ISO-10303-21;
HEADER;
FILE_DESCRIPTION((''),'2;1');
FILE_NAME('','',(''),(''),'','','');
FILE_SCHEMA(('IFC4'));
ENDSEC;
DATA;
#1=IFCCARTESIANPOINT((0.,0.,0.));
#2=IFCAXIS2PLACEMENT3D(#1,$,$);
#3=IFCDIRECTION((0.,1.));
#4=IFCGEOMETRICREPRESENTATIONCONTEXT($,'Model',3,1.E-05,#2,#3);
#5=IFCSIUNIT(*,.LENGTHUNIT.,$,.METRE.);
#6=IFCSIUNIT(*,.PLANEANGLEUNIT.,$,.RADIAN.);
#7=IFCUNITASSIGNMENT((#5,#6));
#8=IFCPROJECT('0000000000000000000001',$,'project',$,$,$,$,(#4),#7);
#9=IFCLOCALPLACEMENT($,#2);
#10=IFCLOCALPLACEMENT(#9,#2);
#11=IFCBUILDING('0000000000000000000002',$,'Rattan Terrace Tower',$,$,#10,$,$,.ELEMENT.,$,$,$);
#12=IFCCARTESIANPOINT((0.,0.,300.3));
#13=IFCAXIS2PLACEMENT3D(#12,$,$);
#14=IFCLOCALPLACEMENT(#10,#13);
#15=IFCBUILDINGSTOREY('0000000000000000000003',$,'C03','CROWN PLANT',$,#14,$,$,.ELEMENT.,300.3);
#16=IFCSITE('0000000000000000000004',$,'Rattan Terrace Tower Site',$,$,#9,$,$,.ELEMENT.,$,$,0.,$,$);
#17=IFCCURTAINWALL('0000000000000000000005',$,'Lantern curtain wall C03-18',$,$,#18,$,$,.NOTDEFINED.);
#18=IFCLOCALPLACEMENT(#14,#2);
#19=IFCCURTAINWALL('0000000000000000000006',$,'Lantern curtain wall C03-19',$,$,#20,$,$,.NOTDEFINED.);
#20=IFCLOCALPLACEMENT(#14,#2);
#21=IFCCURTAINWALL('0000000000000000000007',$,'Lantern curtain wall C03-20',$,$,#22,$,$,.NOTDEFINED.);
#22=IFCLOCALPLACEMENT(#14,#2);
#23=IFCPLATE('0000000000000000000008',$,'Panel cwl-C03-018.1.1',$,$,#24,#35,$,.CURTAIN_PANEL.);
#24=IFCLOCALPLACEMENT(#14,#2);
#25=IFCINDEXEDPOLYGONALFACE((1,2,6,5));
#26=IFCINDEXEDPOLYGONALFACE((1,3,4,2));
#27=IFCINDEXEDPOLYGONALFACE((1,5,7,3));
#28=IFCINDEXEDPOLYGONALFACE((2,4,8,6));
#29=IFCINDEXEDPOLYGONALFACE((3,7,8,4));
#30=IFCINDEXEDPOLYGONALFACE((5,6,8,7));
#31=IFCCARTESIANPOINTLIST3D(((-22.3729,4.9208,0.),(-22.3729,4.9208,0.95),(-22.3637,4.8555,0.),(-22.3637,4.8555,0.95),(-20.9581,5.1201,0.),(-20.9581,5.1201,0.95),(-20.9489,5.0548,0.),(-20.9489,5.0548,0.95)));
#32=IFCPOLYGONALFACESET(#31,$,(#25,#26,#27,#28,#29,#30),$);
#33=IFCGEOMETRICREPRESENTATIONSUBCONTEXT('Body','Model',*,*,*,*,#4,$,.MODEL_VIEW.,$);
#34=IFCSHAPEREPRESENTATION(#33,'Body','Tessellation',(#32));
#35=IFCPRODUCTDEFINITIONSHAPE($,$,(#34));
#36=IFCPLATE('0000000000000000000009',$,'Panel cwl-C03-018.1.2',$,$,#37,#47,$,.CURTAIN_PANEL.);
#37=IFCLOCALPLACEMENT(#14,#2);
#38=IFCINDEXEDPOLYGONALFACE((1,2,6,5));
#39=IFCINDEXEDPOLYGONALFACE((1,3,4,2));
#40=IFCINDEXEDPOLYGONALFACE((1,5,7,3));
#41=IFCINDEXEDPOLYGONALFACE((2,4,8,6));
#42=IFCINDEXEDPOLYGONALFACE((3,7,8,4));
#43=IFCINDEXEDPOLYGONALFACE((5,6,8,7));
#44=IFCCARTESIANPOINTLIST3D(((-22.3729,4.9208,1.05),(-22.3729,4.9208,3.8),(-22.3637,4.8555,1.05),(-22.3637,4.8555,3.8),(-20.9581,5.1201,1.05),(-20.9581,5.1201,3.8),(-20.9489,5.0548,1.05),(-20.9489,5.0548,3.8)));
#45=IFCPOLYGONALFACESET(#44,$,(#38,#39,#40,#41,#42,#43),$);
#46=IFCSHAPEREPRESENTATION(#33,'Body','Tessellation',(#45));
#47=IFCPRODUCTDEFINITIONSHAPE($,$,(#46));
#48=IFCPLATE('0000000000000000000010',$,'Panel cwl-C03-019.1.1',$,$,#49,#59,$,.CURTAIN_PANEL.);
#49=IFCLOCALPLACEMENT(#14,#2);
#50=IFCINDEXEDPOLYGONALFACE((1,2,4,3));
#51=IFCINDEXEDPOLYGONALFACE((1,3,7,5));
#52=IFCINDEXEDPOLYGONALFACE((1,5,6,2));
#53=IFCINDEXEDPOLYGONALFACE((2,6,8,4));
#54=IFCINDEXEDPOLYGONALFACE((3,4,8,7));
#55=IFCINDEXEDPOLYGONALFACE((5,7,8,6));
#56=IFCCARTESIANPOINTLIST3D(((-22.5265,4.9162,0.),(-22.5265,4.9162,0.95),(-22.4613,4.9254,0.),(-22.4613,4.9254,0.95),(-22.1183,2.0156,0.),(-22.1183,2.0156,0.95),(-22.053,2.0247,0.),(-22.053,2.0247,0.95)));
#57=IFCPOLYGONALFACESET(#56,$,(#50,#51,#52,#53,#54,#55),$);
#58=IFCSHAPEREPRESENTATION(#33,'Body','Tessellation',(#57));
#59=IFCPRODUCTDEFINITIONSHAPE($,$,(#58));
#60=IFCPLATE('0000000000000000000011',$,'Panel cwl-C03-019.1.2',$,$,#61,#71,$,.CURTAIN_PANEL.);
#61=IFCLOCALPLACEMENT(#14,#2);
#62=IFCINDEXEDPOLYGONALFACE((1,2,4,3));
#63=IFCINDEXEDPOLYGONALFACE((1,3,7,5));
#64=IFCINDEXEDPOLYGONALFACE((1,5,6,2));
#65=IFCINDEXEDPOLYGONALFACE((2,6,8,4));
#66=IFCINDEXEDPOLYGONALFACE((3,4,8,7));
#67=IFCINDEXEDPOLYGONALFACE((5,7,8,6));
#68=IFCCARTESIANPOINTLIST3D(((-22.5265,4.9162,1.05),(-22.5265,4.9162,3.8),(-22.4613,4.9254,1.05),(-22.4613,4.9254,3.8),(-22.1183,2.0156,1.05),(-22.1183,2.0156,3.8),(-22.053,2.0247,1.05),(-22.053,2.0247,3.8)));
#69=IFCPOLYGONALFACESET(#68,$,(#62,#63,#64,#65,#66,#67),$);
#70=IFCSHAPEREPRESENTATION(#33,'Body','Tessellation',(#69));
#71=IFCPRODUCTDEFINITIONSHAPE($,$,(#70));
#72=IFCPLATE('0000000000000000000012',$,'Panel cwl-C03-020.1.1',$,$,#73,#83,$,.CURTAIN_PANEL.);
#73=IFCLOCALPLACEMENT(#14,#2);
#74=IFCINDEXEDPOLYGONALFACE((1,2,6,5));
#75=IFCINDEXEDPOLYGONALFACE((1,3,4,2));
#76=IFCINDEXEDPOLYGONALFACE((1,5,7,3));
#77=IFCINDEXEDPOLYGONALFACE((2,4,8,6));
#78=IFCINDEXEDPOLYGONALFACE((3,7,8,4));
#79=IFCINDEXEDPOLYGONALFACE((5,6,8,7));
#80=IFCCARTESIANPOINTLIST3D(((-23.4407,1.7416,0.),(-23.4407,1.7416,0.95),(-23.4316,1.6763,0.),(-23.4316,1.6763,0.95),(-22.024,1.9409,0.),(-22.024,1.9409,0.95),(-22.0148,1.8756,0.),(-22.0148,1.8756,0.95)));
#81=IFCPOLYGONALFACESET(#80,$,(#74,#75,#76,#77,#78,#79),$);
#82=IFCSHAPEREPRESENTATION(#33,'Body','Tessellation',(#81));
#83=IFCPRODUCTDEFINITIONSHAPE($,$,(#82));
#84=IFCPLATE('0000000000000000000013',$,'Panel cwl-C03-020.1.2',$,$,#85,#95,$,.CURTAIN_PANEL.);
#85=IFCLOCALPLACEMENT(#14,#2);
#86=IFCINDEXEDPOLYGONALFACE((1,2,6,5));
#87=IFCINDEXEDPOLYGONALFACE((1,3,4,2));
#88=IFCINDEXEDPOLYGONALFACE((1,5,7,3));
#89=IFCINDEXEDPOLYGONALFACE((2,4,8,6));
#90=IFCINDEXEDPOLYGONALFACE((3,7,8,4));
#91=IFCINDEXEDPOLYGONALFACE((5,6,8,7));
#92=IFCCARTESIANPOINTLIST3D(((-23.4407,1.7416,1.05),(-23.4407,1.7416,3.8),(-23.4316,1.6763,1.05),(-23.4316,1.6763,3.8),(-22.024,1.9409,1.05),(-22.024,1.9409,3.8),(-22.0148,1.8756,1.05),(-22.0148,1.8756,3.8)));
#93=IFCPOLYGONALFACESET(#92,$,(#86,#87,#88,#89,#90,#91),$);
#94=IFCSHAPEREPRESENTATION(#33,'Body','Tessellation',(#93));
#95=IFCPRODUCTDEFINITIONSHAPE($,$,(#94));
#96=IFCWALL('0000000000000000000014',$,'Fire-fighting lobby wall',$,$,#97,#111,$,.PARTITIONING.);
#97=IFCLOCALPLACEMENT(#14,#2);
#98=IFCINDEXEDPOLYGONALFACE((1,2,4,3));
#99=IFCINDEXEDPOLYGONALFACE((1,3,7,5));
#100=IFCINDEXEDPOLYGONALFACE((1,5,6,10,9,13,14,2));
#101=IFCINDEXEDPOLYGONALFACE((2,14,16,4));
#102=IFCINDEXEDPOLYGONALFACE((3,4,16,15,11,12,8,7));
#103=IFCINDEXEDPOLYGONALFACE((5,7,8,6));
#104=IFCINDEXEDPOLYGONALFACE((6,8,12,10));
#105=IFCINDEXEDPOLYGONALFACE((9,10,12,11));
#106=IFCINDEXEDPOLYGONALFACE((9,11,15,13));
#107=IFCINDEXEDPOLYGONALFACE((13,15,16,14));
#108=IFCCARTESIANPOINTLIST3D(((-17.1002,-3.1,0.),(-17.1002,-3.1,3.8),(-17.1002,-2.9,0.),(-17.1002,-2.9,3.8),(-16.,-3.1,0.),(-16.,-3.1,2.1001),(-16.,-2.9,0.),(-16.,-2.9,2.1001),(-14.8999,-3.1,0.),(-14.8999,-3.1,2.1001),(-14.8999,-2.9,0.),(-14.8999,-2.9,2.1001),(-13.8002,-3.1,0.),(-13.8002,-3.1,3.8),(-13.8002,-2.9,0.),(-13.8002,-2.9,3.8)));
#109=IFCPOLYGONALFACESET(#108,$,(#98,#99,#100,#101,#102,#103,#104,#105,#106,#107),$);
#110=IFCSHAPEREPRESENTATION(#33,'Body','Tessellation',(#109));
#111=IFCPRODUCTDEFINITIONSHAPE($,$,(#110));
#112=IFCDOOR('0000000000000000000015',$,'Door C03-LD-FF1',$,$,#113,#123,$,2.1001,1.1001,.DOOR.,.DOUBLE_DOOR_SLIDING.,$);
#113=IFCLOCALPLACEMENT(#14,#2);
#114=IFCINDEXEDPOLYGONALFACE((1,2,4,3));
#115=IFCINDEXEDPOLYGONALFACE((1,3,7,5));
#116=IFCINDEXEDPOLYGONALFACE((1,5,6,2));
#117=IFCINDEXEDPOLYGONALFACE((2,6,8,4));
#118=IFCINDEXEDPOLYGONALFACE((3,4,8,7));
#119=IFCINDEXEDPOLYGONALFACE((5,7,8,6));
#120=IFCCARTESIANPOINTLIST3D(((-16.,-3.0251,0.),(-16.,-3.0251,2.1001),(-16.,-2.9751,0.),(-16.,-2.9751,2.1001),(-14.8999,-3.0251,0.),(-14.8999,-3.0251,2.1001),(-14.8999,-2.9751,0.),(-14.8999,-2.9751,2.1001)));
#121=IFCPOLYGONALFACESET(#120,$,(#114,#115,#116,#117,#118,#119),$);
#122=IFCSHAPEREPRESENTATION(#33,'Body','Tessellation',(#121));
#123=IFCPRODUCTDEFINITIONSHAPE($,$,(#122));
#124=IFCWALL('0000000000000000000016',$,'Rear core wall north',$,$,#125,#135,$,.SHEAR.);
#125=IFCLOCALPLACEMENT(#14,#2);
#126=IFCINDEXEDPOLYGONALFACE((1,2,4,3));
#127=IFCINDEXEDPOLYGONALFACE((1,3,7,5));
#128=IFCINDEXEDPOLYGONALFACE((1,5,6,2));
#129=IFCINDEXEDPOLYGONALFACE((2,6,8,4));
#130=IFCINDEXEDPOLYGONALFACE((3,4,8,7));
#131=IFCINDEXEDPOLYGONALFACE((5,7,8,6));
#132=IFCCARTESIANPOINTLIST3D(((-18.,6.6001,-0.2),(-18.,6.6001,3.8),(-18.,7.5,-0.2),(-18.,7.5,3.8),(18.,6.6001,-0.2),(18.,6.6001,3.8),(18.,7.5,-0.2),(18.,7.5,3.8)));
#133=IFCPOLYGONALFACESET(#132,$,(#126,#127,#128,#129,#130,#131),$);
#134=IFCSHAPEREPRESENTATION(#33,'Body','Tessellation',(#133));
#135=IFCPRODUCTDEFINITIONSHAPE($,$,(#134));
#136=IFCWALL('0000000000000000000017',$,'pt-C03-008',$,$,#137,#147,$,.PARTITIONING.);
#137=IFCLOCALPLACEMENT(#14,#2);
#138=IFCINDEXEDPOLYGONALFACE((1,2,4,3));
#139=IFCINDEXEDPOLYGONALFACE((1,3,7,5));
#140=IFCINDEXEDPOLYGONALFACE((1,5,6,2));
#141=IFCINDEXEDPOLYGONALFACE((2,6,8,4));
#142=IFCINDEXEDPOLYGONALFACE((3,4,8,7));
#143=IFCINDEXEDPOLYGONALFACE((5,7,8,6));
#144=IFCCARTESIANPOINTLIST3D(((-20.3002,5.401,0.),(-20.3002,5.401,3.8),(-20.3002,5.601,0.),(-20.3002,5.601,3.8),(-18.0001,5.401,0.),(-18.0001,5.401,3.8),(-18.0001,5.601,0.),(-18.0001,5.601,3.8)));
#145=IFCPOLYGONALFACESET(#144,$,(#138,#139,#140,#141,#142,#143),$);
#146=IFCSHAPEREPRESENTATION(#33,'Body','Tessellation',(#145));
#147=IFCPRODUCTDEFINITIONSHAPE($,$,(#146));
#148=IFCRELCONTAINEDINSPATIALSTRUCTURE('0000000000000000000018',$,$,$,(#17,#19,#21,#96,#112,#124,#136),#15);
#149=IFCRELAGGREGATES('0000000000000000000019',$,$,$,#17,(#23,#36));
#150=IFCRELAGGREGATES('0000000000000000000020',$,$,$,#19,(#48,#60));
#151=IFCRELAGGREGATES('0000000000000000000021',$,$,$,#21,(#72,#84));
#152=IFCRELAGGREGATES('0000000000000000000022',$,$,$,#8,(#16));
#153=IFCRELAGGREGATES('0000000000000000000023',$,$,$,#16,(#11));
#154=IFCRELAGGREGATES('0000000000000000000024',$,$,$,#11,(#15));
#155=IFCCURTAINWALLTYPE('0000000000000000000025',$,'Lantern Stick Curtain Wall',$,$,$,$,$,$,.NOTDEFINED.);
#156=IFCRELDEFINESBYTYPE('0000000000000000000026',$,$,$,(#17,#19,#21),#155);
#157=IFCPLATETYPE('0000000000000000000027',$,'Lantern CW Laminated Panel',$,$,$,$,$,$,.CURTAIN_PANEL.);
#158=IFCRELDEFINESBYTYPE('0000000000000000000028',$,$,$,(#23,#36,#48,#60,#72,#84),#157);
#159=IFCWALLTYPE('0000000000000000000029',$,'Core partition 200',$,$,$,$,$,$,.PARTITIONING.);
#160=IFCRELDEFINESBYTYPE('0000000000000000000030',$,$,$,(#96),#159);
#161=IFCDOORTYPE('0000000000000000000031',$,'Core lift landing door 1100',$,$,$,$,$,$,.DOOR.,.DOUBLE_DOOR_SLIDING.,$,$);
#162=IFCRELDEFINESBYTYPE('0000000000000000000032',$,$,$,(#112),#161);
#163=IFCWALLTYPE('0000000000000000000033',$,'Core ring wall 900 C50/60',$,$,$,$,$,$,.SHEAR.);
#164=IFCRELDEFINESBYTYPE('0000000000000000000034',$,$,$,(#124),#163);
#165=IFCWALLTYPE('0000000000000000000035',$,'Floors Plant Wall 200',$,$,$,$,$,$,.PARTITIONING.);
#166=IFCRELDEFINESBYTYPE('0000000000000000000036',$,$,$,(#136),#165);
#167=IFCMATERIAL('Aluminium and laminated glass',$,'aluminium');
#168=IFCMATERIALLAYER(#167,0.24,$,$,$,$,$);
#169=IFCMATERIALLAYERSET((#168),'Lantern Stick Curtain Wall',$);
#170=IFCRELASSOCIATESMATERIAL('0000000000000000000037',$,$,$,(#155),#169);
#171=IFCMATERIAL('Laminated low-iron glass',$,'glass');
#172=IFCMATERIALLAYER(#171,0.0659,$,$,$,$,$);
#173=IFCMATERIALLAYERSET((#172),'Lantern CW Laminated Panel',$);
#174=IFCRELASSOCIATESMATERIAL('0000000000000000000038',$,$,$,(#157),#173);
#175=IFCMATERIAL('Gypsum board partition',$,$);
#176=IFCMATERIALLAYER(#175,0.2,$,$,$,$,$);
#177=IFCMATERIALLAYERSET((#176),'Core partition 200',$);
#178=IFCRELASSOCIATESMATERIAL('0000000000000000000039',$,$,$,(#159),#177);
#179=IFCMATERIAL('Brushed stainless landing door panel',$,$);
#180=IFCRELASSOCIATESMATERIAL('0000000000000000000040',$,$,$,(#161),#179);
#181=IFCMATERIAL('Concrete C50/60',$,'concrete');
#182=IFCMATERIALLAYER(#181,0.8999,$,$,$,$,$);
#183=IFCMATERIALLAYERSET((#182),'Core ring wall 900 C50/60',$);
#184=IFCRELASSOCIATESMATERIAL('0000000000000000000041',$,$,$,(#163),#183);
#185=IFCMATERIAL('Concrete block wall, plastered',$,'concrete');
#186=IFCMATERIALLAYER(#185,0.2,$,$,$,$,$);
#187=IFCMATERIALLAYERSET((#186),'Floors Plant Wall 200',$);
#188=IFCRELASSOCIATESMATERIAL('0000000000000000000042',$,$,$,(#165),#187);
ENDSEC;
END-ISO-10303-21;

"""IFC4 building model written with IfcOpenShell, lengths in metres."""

from ifc_helpers import new_model, si_unit, direction, frame, frame_2d, origin, origin_2d, place, context, subcontext, project, spatial, rectangle, extrude, material, layer, layer_set, type_object, element, fill, aggregate, save


model = new_model("IFC4")

# Units and contexts
model_context = context("Model", 3, precision=1e-05, world=origin(), true_north=direction((0.0, 1.0)))
body_context = subcontext(model_context, "Body", "Model", "MODEL_VIEW")
ifc_project = project(units=[si_unit("LENGTHUNIT", "METRE"), si_unit("PLANEANGLEUNIT", "RADIAN")], contexts=[model_context])

# Site, building, storey
site_placement = place(None, origin())
site = spatial("IfcSite", under=ifc_project, at=site_placement, Name="Rattan Terrace Tower Site", CompositionType="ELEMENT", RefElevation=0.0)
building_placement = place(site_placement, origin())
building = spatial("IfcBuilding", under=site, at=building_placement, Name="Rattan Terrace Tower", CompositionType="ELEMENT")
storey_placement = place(building_placement, frame((0.0, 0.0, 300.3)))
storey = spatial("IfcBuildingStorey", under=building, at=storey_placement, Name="C03", Description="CROWN PLANT", CompositionType="ELEMENT", Elevation=300.3)

# Curtain walls
ifc_material_1 = material(Name="Aluminium and laminated glass", Category="aluminium")
ifc_layer_1 = layer(ifc_material_1, 0.24)
ifc_layer_set_1 = layer_set([ifc_layer_1], Name="Lantern Stick Curtain Wall")
curtain_wall_type = type_object("IfcCurtainWallType", Name="Lantern Stick Curtain Wall", PredefinedType="NOTDEFINED", material=ifc_layer_set_1)
curtain_wall_1_placement = place(storey_placement, origin())
curtain_wall_1 = element("IfcCurtainWall", 1, at=curtain_wall_1_placement, inside=storey, type_object=curtain_wall_type, Name="Lantern curtain wall C03-18", PredefinedType="NOTDEFINED")
curtain_wall_2_placement = place(storey_placement, origin())
curtain_wall_2 = element("IfcCurtainWall", 2, at=curtain_wall_2_placement, inside=storey, type_object=curtain_wall_type, Name="Lantern curtain wall C03-19", PredefinedType="NOTDEFINED")
curtain_wall_3_placement = place(storey_placement, origin())
curtain_wall_3 = element("IfcCurtainWall", 3, at=curtain_wall_3_placement, inside=storey, type_object=curtain_wall_type, Name="Lantern curtain wall C03-20", PredefinedType="NOTDEFINED")

# Plates
ifc_material_2 = material(Name="Laminated low-iron glass", Category="glass")
ifc_layer_2 = layer(ifc_material_2, 0.0659)
ifc_layer_set_2 = layer_set([ifc_layer_2], Name="Lantern CW Laminated Panel")
plate_type = type_object("IfcPlateType", Name="Lantern CW Laminated Panel", PredefinedType="CURTAIN_PANEL", material=ifc_layer_set_2)
plate_1_placement = place(storey_placement, frame((-21.6609, 4.9878, 0.0), z_axis=(0.0, 0.0, 1.0), x_axis=(-0.990228, -0.139459, 0.0)))
plate_1 = element("IfcPlate", 4, at=plate_1_placement, type_object=plate_type, Name="Panel cwl-C03-018.1.1", PredefinedType="CURTAIN_PANEL", context=body_context, shape_type="SweptSolid", body=[
    extrude(rectangle(XDim=1.4287, YDim=0.0659, at=origin_2d()), origin(), (0.0, 0.0, 1.0), 0.95),
])
plate_2_placement = place(storey_placement, frame((-21.6609, 4.9878, 1.05), z_axis=(0.0, 0.0, 1.0), x_axis=(-0.990228, -0.139459, 0.0)))
plate_2 = element("IfcPlate", 5, at=plate_2_placement, type_object=plate_type, Name="Panel cwl-C03-018.1.2", PredefinedType="CURTAIN_PANEL", context=body_context, shape_type="SweptSolid", body=[
    extrude(rectangle(XDim=1.4287, YDim=0.0659, at=origin_2d()), origin(), (0.0, 0.0, 1.0), 2.75),
])
aggregate(curtain_wall_1, [plate_1, plate_2])
plate_3_placement = place(storey_placement, frame((-22.2898, 3.4705, 0.0), z_axis=(0.0, 0.0, 1.0), x_axis=(0.139367, -0.990241, 0.0)))
plate_3 = element("IfcPlate", 6, at=plate_3_placement, type_object=plate_type, Name="Panel cwl-C03-019.1.1", PredefinedType="CURTAIN_PANEL", context=body_context, shape_type="SweptSolid", body=[
    extrude(rectangle(XDim=2.9292, YDim=0.0659, at=origin_2d()), origin(), (0.0, 0.0, 1.0), 0.95),
])
plate_4_placement = place(storey_placement, frame((-22.2898, 3.4705, 1.05), z_axis=(0.0, 0.0, 1.0), x_axis=(0.139367, -0.990241, 0.0)))
plate_4 = element("IfcPlate", 7, at=plate_4_placement, type_object=plate_type, Name="Panel cwl-C03-019.1.2", PredefinedType="CURTAIN_PANEL", context=body_context, shape_type="SweptSolid", body=[
    extrude(rectangle(XDim=2.9292, YDim=0.0659, at=origin_2d()), origin(), (0.0, 0.0, 1.0), 2.75),
])
aggregate(curtain_wall_2, [plate_3, plate_4])
plate_5_placement = place(storey_placement, frame((-22.7278, 1.8086, 0.0), z_axis=(0.0, 0.0, 1.0), x_axis=(-0.990254, -0.139275, 0.0)))
plate_5 = element("IfcPlate", 8, at=plate_5_placement, type_object=plate_type, Name="Panel cwl-C03-020.1.1", PredefinedType="CURTAIN_PANEL", context=body_context, shape_type="SweptSolid", body=[
    extrude(rectangle(XDim=1.4307, YDim=0.0659, at=origin_2d()), origin(), (0.0, 0.0, 1.0), 0.95),
])
plate_6_placement = place(storey_placement, frame((-22.7278, 1.8086, 1.05), z_axis=(0.0, 0.0, 1.0), x_axis=(-0.990254, -0.139275, 0.0)))
plate_6 = element("IfcPlate", 9, at=plate_6_placement, type_object=plate_type, Name="Panel cwl-C03-020.1.2", PredefinedType="CURTAIN_PANEL", context=body_context, shape_type="SweptSolid", body=[
    extrude(rectangle(XDim=1.4307, YDim=0.0659, at=origin_2d()), origin(), (0.0, 0.0, 1.0), 2.75),
])
aggregate(curtain_wall_3, [plate_5, plate_6])

# Wall, opening, door
ifc_material_3 = material(Name="Gypsum board partition")
ifc_layer_3 = layer(ifc_material_3, 0.2)
ifc_layer_set_3 = layer_set([ifc_layer_3], Name="Core partition 200")
wall_type_1 = type_object("IfcWallType", Name="Core partition 200", PredefinedType="PARTITIONING", material=ifc_layer_set_3)
wall_1_placement = place(storey_placement, frame((-17.1001, -3.0, 0.0), z_axis=(0.0, 0.0, 1.0), x_axis=(1.0, 0.0, 0.0)))
wall_1 = element("IfcWall", 10, at=wall_1_placement, inside=storey, type_object=wall_type_1, Name="Fire-fighting lobby wall", PredefinedType="PARTITIONING", context=body_context, shape_type="SweptSolid", body=[
    extrude(rectangle(XDim=3.3, YDim=0.2, at=frame_2d((1.6499, 0.0))), origin(), (0.0, 0.0, 1.0), 3.8),
])
opening_placement = place(wall_1_placement, frame((1.1001, 0.0, 0.0)))
opening = element("IfcOpeningElement", 11, at=opening_placement, cuts=wall_1, PredefinedType="OPENING", context=body_context, shape_type="SweptSolid", body=[
    extrude(rectangle(XDim=1.1001, YDim=2.1001, at=frame_2d((0.55, 1.05))), frame((0.0, 0.1106, 0.0), z_axis=(0.0, -1.0, 0.0), x_axis=(1.0, 0.0, 0.0)), (0.0, 0.0, 1.0), 0.2209),
])
ifc_material_4 = material(Name="Brushed stainless landing door panel")
door_type = type_object("IfcDoorType", Name="Core lift landing door 1100", OperationType="DOUBLE_DOOR_SLIDING", PredefinedType="DOOR", material=ifc_material_4)
door_placement = place(opening_placement, origin())
door = element("IfcDoor", 12, at=door_placement, inside=storey, type_object=door_type, Name="Door C03-LD-FF1", OperationType="DOUBLE_DOOR_SLIDING", OverallHeight=2.1001, OverallWidth=1.1001, PredefinedType="DOOR", context=body_context, shape_type="SweptSolid", body=[
    extrude(rectangle(XDim=1.1001, YDim=2.1001, at=frame_2d((0.55, 1.05))), frame((0.0, 0.0249, 0.0), z_axis=(0.0, -1.0, 0.0), x_axis=(1.0, 0.0, 0.0)), (0.0, 0.0, 1.0), 0.05),
])
fill(opening, door)

# Walls
ifc_material_5 = material(Name="Concrete C50/60", Category="concrete")
ifc_layer_4 = layer(ifc_material_5, 0.8999)
ifc_layer_set_4 = layer_set([ifc_layer_4], Name="Core ring wall 900 C50/60")
wall_type_2 = type_object("IfcWallType", Name="Core ring wall 900 C50/60", PredefinedType="SHEAR", material=ifc_layer_set_4)
wall_2_placement = place(storey_placement, frame((-18.0, 7.05, -0.2), z_axis=(0.0, 0.0, 1.0), x_axis=(1.0, 0.0, 0.0)))
element("IfcWall", 13, at=wall_2_placement, inside=storey, type_object=wall_type_2, Name="Rear core wall north", PredefinedType="SHEAR", context=body_context, shape_type="SweptSolid", body=[
    extrude(rectangle(XDim=36.0, YDim=0.8999, at=frame_2d((18.0, 0.0))), origin(), (0.0, 0.0, 1.0), 4.0),
])
ifc_material_6 = material(Name="Concrete block wall, plastered", Category="concrete")
ifc_layer_5 = layer(ifc_material_6, 0.2)
ifc_layer_set_5 = layer_set([ifc_layer_5], Name="Floors Plant Wall 200")
wall_type_3 = type_object("IfcWallType", Name="Floors Plant Wall 200", PredefinedType="PARTITIONING", material=ifc_layer_set_5)
wall_3_placement = place(storey_placement, frame((-20.3, 5.501, 0.0), z_axis=(0.0, 0.0, 1.0), x_axis=(1.0, 0.0, 0.0)))
element("IfcWall", 14, at=wall_3_placement, inside=storey, type_object=wall_type_3, Name="pt-C03-008", PredefinedType="PARTITIONING", context=body_context, shape_type="SweptSolid", body=[
    extrude(rectangle(XDim=2.3, YDim=0.2, at=frame_2d((1.1499, 0.0))), origin(), (0.0, 0.0, 1.0), 3.8),
])

save(model, "model.ifc")
